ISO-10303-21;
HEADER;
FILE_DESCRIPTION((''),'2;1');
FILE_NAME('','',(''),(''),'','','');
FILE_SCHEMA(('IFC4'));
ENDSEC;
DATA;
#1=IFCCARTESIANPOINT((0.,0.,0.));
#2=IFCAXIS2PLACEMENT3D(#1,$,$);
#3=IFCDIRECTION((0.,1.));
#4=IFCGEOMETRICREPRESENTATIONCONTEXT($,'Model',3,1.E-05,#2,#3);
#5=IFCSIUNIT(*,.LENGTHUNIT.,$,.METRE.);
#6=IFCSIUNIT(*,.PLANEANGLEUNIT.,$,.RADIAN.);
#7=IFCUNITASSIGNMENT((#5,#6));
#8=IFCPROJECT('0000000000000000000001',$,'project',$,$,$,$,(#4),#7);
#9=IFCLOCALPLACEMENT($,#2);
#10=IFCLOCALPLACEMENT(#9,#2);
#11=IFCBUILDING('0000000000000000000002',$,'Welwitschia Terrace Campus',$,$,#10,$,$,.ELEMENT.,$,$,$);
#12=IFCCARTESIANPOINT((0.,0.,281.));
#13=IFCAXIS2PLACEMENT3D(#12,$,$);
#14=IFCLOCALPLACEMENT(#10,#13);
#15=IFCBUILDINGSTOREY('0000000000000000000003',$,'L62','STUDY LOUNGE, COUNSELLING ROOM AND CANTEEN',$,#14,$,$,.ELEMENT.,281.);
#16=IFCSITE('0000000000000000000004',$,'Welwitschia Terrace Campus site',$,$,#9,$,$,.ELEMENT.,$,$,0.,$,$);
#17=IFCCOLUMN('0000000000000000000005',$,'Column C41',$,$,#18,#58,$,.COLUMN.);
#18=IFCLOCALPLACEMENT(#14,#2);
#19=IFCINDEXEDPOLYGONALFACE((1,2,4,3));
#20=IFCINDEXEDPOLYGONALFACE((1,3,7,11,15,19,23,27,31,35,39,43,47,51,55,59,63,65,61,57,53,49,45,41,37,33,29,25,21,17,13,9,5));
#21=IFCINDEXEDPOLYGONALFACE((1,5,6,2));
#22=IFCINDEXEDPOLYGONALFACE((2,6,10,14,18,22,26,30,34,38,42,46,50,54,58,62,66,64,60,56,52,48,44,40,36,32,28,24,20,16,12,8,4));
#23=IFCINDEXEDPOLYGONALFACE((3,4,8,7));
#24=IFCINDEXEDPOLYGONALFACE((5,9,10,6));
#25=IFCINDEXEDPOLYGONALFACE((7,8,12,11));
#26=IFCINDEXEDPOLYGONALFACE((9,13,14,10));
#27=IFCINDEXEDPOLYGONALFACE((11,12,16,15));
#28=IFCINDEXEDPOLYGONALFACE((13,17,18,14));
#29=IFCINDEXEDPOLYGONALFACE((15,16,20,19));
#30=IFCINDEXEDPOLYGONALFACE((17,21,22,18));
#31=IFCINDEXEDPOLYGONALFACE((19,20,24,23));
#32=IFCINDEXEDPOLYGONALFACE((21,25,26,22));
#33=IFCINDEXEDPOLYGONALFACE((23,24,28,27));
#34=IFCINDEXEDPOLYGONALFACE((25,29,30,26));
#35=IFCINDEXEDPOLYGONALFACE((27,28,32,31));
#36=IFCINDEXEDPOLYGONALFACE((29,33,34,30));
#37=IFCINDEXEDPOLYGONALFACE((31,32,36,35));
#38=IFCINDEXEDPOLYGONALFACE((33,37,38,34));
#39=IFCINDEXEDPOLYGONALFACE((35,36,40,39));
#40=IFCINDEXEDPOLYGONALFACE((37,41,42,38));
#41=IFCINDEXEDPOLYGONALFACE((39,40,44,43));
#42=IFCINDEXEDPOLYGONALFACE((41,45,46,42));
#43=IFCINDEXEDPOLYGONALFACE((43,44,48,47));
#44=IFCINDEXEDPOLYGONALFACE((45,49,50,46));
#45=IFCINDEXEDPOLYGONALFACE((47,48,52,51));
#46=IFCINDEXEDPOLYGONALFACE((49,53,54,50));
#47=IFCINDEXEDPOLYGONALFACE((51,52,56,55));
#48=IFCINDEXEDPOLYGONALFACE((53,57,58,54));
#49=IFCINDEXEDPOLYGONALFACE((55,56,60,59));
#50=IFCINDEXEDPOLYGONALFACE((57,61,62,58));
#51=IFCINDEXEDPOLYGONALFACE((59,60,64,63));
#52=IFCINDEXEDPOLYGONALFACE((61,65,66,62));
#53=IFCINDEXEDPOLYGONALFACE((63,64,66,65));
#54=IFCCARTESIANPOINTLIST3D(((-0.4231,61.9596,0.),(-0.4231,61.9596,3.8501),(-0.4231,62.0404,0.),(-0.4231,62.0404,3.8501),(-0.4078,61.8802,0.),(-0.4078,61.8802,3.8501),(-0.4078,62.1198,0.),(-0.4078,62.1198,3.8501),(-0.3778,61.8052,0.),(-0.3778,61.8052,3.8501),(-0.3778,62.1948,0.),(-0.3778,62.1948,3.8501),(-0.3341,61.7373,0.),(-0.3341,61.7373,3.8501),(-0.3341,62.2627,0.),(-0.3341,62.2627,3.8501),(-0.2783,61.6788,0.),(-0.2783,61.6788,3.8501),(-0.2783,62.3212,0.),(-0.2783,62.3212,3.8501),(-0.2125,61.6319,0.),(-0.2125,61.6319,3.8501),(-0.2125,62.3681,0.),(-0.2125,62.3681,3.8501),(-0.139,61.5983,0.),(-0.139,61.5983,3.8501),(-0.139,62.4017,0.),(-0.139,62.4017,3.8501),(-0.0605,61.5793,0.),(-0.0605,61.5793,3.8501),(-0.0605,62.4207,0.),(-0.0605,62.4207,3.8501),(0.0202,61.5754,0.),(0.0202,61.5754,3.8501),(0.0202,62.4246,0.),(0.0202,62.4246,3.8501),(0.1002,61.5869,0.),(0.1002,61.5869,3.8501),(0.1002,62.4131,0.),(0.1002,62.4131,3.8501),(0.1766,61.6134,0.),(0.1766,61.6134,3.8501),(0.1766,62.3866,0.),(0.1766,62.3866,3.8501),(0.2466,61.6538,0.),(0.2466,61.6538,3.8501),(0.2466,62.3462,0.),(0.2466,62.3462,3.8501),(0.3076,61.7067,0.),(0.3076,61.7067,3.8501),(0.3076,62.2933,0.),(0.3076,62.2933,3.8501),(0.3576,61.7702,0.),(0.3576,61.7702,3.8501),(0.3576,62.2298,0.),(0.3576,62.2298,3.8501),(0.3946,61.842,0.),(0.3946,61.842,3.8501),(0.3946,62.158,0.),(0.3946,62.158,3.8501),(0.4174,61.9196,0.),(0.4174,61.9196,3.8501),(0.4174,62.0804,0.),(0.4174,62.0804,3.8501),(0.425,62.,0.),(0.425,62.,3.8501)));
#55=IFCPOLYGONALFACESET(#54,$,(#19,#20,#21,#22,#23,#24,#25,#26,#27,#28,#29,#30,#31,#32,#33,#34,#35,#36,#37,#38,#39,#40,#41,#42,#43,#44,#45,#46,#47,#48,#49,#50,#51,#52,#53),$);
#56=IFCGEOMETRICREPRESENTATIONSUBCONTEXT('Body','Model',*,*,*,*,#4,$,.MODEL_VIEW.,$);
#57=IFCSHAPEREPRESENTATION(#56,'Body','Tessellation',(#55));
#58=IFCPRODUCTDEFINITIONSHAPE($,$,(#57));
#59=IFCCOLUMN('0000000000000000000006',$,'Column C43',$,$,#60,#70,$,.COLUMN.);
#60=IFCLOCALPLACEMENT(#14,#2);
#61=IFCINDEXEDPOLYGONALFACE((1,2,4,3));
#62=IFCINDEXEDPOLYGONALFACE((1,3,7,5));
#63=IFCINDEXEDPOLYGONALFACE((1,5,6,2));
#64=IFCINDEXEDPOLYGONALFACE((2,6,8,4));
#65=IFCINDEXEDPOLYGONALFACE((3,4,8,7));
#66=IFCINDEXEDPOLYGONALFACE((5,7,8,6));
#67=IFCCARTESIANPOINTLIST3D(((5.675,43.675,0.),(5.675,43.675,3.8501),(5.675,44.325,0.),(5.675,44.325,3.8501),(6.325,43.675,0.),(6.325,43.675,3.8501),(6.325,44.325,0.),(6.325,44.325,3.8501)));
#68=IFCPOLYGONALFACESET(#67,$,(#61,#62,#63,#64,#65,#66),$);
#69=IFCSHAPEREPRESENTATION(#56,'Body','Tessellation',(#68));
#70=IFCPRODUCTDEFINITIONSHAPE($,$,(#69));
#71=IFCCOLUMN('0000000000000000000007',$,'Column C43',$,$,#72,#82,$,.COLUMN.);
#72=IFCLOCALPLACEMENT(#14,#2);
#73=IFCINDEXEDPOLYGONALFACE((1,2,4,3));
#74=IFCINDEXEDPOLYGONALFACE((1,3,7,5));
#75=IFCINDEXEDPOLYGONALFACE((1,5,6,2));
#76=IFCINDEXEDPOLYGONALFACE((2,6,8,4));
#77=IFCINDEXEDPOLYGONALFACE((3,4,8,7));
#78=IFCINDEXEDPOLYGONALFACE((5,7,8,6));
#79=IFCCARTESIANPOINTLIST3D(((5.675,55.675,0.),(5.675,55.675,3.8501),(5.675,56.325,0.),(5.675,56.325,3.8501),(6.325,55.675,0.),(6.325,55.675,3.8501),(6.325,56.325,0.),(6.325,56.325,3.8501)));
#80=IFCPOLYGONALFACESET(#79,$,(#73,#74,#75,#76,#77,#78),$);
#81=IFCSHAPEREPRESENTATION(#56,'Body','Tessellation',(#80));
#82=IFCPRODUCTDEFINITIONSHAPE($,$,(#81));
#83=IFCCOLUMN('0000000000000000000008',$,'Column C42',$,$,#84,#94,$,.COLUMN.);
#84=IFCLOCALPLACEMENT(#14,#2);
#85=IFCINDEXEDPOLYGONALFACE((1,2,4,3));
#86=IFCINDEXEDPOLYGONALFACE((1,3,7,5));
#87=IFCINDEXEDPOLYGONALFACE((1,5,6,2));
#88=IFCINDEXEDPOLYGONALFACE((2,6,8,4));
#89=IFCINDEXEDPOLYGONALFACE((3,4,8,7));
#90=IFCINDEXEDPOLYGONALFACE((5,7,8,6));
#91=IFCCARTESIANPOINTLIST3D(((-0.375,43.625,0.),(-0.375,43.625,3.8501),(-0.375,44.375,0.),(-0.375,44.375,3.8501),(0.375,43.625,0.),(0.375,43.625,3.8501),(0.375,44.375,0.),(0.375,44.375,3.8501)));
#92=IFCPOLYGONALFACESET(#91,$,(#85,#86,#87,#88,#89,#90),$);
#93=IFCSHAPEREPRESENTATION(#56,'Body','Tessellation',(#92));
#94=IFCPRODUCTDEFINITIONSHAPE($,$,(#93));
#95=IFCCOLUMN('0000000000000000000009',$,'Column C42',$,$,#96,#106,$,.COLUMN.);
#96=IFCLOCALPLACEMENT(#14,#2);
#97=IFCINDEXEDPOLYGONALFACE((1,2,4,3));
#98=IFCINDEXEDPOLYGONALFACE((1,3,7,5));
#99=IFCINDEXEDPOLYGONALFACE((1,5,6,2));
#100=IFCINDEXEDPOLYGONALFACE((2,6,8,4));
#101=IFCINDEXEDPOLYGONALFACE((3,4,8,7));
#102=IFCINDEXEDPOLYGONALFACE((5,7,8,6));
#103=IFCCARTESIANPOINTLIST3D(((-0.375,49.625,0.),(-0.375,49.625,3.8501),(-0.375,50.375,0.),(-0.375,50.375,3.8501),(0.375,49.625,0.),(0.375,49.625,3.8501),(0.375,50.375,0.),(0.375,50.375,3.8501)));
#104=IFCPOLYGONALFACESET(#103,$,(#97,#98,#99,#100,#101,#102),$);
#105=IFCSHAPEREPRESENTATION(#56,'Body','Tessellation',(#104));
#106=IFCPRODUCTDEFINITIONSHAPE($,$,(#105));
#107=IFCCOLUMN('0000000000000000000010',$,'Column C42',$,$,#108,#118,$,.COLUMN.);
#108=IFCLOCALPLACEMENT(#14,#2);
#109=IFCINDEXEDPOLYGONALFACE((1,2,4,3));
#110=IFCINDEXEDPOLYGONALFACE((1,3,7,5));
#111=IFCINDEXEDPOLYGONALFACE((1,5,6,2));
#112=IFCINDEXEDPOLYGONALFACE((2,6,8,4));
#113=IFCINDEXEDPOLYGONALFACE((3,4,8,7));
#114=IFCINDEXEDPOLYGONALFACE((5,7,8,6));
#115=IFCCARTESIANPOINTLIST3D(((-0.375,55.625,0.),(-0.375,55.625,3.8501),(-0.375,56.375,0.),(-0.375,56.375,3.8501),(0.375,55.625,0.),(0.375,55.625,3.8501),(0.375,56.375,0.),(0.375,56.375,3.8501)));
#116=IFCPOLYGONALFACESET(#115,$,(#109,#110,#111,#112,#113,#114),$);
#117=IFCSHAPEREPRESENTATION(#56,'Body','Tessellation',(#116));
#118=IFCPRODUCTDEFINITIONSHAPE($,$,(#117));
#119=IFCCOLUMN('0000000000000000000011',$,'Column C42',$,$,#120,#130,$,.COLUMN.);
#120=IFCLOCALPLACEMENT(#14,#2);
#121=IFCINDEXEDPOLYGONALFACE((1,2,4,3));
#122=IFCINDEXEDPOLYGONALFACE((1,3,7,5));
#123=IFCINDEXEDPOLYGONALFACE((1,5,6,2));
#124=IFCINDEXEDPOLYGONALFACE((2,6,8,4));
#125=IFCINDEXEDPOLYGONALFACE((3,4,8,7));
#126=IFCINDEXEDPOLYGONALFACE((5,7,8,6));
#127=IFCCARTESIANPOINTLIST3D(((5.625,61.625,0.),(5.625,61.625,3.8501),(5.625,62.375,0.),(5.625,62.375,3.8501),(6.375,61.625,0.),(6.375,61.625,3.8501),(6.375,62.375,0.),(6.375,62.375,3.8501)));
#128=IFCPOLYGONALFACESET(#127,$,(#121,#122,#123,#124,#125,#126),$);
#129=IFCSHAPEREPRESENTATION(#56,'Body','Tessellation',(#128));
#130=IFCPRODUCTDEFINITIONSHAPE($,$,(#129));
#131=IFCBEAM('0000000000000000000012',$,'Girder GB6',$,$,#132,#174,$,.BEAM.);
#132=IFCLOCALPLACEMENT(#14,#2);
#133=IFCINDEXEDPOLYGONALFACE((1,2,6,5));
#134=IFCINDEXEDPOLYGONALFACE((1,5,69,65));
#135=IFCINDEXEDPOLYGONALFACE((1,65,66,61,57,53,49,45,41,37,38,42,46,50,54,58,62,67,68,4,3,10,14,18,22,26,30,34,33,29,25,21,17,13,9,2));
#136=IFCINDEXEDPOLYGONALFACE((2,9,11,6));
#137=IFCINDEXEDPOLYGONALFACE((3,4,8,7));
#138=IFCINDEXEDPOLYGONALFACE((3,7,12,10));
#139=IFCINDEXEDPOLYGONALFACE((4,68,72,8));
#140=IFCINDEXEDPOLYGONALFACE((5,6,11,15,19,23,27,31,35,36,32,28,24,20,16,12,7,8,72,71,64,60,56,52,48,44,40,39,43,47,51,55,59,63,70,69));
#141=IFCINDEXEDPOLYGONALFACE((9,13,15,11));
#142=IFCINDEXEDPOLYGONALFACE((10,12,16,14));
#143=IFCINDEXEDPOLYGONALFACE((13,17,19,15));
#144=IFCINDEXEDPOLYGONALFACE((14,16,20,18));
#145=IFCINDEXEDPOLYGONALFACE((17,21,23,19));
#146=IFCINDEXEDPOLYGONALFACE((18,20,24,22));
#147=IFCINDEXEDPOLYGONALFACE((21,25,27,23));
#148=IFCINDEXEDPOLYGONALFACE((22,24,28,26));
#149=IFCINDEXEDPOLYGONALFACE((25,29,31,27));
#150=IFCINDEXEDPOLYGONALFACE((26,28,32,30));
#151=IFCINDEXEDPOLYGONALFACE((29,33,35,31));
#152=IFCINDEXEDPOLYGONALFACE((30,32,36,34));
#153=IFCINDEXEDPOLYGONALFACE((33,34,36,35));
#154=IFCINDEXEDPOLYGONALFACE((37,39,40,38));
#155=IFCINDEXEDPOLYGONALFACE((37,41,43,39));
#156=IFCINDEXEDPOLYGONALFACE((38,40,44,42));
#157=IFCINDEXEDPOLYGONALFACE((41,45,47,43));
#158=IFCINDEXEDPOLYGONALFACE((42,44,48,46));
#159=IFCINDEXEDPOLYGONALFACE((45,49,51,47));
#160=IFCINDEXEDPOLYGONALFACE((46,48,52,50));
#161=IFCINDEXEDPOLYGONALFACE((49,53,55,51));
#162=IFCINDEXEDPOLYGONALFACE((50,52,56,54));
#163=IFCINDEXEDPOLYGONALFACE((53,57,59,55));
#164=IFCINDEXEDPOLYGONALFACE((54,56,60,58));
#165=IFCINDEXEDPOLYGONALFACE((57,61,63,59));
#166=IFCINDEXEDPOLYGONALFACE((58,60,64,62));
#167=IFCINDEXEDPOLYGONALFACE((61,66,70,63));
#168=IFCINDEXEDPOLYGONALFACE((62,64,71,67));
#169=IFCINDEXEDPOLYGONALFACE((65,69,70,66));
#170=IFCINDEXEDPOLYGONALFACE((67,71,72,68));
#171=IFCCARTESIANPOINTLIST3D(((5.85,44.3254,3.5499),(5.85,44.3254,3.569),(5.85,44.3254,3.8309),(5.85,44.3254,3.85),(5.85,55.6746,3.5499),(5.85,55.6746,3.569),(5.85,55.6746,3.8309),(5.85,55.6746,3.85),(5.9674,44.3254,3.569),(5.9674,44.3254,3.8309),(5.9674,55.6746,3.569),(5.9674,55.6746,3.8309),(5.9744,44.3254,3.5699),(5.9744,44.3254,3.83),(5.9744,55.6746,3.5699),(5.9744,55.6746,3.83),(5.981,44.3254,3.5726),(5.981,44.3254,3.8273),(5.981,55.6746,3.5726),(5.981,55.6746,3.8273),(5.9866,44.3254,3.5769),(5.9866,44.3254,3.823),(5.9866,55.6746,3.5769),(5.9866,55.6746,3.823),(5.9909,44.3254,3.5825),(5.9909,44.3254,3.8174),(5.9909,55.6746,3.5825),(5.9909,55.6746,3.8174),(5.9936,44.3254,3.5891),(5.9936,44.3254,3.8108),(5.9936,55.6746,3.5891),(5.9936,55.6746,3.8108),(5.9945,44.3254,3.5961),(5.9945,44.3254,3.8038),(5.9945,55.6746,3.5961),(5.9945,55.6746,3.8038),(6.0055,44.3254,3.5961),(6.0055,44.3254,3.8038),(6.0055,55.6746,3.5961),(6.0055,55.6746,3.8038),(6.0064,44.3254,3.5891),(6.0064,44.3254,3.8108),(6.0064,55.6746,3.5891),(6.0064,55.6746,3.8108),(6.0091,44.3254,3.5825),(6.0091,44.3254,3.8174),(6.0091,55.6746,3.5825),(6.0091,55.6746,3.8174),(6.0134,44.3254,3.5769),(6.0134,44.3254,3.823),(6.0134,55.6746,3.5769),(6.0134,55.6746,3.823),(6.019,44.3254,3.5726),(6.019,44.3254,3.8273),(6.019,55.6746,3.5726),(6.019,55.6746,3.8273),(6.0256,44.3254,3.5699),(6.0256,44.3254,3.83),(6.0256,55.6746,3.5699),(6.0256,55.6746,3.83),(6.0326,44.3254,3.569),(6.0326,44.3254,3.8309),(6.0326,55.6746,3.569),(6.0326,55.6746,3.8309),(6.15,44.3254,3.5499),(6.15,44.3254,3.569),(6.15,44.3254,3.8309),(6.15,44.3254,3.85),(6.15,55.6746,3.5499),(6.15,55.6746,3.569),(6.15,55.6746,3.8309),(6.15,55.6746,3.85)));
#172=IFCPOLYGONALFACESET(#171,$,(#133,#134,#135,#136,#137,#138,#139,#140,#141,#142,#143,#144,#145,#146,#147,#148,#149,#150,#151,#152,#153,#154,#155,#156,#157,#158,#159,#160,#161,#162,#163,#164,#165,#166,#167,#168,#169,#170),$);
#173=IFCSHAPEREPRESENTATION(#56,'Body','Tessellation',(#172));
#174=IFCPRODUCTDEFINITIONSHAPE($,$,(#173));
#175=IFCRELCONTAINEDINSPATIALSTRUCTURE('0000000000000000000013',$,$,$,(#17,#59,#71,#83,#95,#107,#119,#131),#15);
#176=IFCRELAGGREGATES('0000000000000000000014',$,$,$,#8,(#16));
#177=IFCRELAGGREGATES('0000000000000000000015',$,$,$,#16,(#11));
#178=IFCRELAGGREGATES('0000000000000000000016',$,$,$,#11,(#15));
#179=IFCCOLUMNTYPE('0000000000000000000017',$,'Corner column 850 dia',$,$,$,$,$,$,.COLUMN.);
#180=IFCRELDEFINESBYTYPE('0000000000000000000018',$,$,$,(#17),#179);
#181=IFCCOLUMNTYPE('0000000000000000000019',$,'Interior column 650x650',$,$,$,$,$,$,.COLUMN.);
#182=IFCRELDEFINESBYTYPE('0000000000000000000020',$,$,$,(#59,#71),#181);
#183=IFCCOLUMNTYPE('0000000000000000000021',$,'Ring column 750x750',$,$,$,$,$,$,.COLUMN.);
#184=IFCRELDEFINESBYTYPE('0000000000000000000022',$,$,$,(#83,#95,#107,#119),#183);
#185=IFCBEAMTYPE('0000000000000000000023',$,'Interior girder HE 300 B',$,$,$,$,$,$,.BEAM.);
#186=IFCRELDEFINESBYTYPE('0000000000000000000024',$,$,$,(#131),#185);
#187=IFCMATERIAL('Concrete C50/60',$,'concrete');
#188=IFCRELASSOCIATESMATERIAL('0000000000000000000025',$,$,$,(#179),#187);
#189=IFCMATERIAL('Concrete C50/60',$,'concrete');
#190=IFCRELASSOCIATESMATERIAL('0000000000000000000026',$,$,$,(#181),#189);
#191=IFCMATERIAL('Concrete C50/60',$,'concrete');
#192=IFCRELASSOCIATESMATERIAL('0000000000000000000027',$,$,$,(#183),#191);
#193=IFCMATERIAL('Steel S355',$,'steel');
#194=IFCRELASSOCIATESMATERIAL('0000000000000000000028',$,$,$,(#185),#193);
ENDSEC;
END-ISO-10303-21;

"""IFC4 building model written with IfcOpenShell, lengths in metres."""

from ifc_helpers import new_model, si_unit, direction, frame, origin, origin_2d, place, context, subcontext, project, spatial, rectangle, circle, i_section, extrude, material, material_profile, profile_set, type_object, element, save


model = new_model("IFC4")

# Units and contexts
model_context = context("Model", 3, precision=1e-05, world=origin(), true_north=direction((0.0, 1.0)))
body_context = subcontext(model_context, "Body", "Model", "MODEL_VIEW")
ifc_project = project(units=[si_unit("LENGTHUNIT", "METRE"), si_unit("PLANEANGLEUNIT", "RADIAN")], contexts=[model_context])

# Site, building, storey
site_placement = place(None, origin())
site = spatial("IfcSite", under=ifc_project, at=site_placement, Name="Welwitschia Terrace Campus site", CompositionType="ELEMENT", RefElevation=0.0)
building_placement = place(site_placement, origin())
building = spatial("IfcBuilding", under=site, at=building_placement, Name="Welwitschia Terrace Campus", CompositionType="ELEMENT")
storey_placement = place(building_placement, frame((0.0, 0.0, 281.0)))
storey = spatial("IfcBuildingStorey", under=building, at=storey_placement, Name="L62", Description="STUDY LOUNGE, COUNSELLING ROOM AND CANTEEN", CompositionType="ELEMENT", Elevation=281.0)

# Columns
ifc_material_1 = material(Name="Concrete C50/60", Category="concrete")
ifc_material_profile_1 = material_profile(ifc_material_1, circle(Radius=0.425, at=origin_2d()))
ifc_profile_set_1 = profile_set([ifc_material_profile_1], Name="Concrete C50/60")
column_type_1 = type_object("IfcColumnType", Name="Corner column 850 dia", PredefinedType="COLUMN", material=ifc_profile_set_1)
column_placement = place(storey_placement, frame((0.0, 62.0, 0.0), z_axis=(0.0, 0.0, 1.0), x_axis=(1.0, 0.0, 0.0)))
element("IfcColumn", 1, at=column_placement, inside=storey, type_object=column_type_1, Name="Column C41", PredefinedType="COLUMN", context=body_context, shape_type="SweptSolid", body=[
    extrude(circle(Radius=0.425, at=origin_2d()), origin(), (0.0, 0.0, 1.0), 3.8501),
])
ifc_material_2 = material(Name="Concrete C50/60", Category="concrete")
ifc_material_profile_2 = material_profile(ifc_material_2, rectangle(XDim=0.6499, YDim=0.6499, at=origin_2d()))
ifc_profile_set_2 = profile_set([ifc_material_profile_2], Name="Concrete C50/60")
column_type_2 = type_object("IfcColumnType", Name="Interior column 650x650", PredefinedType="COLUMN", material=ifc_profile_set_2)
for number, where, z_axis, x_axis, name in (
    (2, (6.0, 44.0, 0.0), (0.0, 0.0, 1.0), (1.0, 0.0, 0.0), "Column C43"),
    (3, (6.0, 56.0, 0.0), (0.0, 0.0, 1.0), (1.0, 0.0, 0.0), "Column C43"),
):
    element("IfcColumn", number, at=place(storey_placement, frame(where, z_axis=z_axis, x_axis=x_axis)), inside=storey, type_object=column_type_2, Name=name, PredefinedType="COLUMN", context=body_context, shape_type="SweptSolid", body=[
        extrude(rectangle(XDim=0.6499, YDim=0.6499, at=origin_2d()), origin(), (0.0, 0.0, 1.0), 3.8501),
    ])
ifc_material_3 = material(Name="Concrete C50/60", Category="concrete")
ifc_material_profile_3 = material_profile(ifc_material_3, rectangle(XDim=0.75, YDim=0.75, at=origin_2d()))
ifc_profile_set_3 = profile_set([ifc_material_profile_3], Name="Concrete C50/60")
column_type_3 = type_object("IfcColumnType", Name="Ring column 750x750", PredefinedType="COLUMN", material=ifc_profile_set_3)
for number, where, z_axis, x_axis, name in (
    (4, (0.0, 44.0, 0.0), (0.0, 0.0, 1.0), (1.0, 0.0, 0.0), "Column C42"),
    (5, (0.0, 50.0, 0.0), (0.0, 0.0, 1.0), (1.0, 0.0, 0.0), "Column C42"),
    (6, (0.0, 56.0, 0.0), (0.0, 0.0, 1.0), (1.0, 0.0, 0.0), "Column C42"),
    (7, (6.0, 62.0, 0.0), (0.0, 0.0, 1.0), (1.0, 0.0, 0.0), "Column C42"),
):
    element("IfcColumn", number, at=place(storey_placement, frame(where, z_axis=z_axis, x_axis=x_axis)), inside=storey, type_object=column_type_3, Name=name, PredefinedType="COLUMN", context=body_context, shape_type="SweptSolid", body=[
        extrude(rectangle(XDim=0.75, YDim=0.75, at=origin_2d()), origin(), (0.0, 0.0, 1.0), 3.8501),
    ])

# Beam
ifc_material_4 = material(Name="Steel S355", Category="steel")
ifc_material_profile_4 = material_profile(ifc_material_4, i_section(OverallWidth=0.3, OverallDepth=0.3, WebThickness=0.011, FlangeThickness=0.019, FilletRadius=0.0271, at=origin_2d()))
ifc_profile_set_4 = profile_set([ifc_material_profile_4], Name="Steel S355")
beam_type_1 = type_object("IfcBeamType", Name="Interior girder HE 300 B", PredefinedType="BEAM", material=ifc_profile_set_4)
beam_1_placement = place(storey_placement, frame((6.0, 44.3254, 3.7), z_axis=(0.0, 1.0, 0.0), x_axis=(-1.0, 0.0, 0.0)))
element("IfcBeam", 8, at=beam_1_placement, inside=storey, type_object=beam_type_1, Name="Girder GB6", PredefinedType="BEAM", context=body_context, shape_type="SweptSolid", body=[
    extrude(i_section(OverallWidth=0.3, OverallDepth=0.3, WebThickness=0.011, FlangeThickness=0.019, FilletRadius=0.0271, at=origin_2d()), origin(), (0.0, 0.0, 1.0), 11.3491),
])

save(model, "model.ifc")
